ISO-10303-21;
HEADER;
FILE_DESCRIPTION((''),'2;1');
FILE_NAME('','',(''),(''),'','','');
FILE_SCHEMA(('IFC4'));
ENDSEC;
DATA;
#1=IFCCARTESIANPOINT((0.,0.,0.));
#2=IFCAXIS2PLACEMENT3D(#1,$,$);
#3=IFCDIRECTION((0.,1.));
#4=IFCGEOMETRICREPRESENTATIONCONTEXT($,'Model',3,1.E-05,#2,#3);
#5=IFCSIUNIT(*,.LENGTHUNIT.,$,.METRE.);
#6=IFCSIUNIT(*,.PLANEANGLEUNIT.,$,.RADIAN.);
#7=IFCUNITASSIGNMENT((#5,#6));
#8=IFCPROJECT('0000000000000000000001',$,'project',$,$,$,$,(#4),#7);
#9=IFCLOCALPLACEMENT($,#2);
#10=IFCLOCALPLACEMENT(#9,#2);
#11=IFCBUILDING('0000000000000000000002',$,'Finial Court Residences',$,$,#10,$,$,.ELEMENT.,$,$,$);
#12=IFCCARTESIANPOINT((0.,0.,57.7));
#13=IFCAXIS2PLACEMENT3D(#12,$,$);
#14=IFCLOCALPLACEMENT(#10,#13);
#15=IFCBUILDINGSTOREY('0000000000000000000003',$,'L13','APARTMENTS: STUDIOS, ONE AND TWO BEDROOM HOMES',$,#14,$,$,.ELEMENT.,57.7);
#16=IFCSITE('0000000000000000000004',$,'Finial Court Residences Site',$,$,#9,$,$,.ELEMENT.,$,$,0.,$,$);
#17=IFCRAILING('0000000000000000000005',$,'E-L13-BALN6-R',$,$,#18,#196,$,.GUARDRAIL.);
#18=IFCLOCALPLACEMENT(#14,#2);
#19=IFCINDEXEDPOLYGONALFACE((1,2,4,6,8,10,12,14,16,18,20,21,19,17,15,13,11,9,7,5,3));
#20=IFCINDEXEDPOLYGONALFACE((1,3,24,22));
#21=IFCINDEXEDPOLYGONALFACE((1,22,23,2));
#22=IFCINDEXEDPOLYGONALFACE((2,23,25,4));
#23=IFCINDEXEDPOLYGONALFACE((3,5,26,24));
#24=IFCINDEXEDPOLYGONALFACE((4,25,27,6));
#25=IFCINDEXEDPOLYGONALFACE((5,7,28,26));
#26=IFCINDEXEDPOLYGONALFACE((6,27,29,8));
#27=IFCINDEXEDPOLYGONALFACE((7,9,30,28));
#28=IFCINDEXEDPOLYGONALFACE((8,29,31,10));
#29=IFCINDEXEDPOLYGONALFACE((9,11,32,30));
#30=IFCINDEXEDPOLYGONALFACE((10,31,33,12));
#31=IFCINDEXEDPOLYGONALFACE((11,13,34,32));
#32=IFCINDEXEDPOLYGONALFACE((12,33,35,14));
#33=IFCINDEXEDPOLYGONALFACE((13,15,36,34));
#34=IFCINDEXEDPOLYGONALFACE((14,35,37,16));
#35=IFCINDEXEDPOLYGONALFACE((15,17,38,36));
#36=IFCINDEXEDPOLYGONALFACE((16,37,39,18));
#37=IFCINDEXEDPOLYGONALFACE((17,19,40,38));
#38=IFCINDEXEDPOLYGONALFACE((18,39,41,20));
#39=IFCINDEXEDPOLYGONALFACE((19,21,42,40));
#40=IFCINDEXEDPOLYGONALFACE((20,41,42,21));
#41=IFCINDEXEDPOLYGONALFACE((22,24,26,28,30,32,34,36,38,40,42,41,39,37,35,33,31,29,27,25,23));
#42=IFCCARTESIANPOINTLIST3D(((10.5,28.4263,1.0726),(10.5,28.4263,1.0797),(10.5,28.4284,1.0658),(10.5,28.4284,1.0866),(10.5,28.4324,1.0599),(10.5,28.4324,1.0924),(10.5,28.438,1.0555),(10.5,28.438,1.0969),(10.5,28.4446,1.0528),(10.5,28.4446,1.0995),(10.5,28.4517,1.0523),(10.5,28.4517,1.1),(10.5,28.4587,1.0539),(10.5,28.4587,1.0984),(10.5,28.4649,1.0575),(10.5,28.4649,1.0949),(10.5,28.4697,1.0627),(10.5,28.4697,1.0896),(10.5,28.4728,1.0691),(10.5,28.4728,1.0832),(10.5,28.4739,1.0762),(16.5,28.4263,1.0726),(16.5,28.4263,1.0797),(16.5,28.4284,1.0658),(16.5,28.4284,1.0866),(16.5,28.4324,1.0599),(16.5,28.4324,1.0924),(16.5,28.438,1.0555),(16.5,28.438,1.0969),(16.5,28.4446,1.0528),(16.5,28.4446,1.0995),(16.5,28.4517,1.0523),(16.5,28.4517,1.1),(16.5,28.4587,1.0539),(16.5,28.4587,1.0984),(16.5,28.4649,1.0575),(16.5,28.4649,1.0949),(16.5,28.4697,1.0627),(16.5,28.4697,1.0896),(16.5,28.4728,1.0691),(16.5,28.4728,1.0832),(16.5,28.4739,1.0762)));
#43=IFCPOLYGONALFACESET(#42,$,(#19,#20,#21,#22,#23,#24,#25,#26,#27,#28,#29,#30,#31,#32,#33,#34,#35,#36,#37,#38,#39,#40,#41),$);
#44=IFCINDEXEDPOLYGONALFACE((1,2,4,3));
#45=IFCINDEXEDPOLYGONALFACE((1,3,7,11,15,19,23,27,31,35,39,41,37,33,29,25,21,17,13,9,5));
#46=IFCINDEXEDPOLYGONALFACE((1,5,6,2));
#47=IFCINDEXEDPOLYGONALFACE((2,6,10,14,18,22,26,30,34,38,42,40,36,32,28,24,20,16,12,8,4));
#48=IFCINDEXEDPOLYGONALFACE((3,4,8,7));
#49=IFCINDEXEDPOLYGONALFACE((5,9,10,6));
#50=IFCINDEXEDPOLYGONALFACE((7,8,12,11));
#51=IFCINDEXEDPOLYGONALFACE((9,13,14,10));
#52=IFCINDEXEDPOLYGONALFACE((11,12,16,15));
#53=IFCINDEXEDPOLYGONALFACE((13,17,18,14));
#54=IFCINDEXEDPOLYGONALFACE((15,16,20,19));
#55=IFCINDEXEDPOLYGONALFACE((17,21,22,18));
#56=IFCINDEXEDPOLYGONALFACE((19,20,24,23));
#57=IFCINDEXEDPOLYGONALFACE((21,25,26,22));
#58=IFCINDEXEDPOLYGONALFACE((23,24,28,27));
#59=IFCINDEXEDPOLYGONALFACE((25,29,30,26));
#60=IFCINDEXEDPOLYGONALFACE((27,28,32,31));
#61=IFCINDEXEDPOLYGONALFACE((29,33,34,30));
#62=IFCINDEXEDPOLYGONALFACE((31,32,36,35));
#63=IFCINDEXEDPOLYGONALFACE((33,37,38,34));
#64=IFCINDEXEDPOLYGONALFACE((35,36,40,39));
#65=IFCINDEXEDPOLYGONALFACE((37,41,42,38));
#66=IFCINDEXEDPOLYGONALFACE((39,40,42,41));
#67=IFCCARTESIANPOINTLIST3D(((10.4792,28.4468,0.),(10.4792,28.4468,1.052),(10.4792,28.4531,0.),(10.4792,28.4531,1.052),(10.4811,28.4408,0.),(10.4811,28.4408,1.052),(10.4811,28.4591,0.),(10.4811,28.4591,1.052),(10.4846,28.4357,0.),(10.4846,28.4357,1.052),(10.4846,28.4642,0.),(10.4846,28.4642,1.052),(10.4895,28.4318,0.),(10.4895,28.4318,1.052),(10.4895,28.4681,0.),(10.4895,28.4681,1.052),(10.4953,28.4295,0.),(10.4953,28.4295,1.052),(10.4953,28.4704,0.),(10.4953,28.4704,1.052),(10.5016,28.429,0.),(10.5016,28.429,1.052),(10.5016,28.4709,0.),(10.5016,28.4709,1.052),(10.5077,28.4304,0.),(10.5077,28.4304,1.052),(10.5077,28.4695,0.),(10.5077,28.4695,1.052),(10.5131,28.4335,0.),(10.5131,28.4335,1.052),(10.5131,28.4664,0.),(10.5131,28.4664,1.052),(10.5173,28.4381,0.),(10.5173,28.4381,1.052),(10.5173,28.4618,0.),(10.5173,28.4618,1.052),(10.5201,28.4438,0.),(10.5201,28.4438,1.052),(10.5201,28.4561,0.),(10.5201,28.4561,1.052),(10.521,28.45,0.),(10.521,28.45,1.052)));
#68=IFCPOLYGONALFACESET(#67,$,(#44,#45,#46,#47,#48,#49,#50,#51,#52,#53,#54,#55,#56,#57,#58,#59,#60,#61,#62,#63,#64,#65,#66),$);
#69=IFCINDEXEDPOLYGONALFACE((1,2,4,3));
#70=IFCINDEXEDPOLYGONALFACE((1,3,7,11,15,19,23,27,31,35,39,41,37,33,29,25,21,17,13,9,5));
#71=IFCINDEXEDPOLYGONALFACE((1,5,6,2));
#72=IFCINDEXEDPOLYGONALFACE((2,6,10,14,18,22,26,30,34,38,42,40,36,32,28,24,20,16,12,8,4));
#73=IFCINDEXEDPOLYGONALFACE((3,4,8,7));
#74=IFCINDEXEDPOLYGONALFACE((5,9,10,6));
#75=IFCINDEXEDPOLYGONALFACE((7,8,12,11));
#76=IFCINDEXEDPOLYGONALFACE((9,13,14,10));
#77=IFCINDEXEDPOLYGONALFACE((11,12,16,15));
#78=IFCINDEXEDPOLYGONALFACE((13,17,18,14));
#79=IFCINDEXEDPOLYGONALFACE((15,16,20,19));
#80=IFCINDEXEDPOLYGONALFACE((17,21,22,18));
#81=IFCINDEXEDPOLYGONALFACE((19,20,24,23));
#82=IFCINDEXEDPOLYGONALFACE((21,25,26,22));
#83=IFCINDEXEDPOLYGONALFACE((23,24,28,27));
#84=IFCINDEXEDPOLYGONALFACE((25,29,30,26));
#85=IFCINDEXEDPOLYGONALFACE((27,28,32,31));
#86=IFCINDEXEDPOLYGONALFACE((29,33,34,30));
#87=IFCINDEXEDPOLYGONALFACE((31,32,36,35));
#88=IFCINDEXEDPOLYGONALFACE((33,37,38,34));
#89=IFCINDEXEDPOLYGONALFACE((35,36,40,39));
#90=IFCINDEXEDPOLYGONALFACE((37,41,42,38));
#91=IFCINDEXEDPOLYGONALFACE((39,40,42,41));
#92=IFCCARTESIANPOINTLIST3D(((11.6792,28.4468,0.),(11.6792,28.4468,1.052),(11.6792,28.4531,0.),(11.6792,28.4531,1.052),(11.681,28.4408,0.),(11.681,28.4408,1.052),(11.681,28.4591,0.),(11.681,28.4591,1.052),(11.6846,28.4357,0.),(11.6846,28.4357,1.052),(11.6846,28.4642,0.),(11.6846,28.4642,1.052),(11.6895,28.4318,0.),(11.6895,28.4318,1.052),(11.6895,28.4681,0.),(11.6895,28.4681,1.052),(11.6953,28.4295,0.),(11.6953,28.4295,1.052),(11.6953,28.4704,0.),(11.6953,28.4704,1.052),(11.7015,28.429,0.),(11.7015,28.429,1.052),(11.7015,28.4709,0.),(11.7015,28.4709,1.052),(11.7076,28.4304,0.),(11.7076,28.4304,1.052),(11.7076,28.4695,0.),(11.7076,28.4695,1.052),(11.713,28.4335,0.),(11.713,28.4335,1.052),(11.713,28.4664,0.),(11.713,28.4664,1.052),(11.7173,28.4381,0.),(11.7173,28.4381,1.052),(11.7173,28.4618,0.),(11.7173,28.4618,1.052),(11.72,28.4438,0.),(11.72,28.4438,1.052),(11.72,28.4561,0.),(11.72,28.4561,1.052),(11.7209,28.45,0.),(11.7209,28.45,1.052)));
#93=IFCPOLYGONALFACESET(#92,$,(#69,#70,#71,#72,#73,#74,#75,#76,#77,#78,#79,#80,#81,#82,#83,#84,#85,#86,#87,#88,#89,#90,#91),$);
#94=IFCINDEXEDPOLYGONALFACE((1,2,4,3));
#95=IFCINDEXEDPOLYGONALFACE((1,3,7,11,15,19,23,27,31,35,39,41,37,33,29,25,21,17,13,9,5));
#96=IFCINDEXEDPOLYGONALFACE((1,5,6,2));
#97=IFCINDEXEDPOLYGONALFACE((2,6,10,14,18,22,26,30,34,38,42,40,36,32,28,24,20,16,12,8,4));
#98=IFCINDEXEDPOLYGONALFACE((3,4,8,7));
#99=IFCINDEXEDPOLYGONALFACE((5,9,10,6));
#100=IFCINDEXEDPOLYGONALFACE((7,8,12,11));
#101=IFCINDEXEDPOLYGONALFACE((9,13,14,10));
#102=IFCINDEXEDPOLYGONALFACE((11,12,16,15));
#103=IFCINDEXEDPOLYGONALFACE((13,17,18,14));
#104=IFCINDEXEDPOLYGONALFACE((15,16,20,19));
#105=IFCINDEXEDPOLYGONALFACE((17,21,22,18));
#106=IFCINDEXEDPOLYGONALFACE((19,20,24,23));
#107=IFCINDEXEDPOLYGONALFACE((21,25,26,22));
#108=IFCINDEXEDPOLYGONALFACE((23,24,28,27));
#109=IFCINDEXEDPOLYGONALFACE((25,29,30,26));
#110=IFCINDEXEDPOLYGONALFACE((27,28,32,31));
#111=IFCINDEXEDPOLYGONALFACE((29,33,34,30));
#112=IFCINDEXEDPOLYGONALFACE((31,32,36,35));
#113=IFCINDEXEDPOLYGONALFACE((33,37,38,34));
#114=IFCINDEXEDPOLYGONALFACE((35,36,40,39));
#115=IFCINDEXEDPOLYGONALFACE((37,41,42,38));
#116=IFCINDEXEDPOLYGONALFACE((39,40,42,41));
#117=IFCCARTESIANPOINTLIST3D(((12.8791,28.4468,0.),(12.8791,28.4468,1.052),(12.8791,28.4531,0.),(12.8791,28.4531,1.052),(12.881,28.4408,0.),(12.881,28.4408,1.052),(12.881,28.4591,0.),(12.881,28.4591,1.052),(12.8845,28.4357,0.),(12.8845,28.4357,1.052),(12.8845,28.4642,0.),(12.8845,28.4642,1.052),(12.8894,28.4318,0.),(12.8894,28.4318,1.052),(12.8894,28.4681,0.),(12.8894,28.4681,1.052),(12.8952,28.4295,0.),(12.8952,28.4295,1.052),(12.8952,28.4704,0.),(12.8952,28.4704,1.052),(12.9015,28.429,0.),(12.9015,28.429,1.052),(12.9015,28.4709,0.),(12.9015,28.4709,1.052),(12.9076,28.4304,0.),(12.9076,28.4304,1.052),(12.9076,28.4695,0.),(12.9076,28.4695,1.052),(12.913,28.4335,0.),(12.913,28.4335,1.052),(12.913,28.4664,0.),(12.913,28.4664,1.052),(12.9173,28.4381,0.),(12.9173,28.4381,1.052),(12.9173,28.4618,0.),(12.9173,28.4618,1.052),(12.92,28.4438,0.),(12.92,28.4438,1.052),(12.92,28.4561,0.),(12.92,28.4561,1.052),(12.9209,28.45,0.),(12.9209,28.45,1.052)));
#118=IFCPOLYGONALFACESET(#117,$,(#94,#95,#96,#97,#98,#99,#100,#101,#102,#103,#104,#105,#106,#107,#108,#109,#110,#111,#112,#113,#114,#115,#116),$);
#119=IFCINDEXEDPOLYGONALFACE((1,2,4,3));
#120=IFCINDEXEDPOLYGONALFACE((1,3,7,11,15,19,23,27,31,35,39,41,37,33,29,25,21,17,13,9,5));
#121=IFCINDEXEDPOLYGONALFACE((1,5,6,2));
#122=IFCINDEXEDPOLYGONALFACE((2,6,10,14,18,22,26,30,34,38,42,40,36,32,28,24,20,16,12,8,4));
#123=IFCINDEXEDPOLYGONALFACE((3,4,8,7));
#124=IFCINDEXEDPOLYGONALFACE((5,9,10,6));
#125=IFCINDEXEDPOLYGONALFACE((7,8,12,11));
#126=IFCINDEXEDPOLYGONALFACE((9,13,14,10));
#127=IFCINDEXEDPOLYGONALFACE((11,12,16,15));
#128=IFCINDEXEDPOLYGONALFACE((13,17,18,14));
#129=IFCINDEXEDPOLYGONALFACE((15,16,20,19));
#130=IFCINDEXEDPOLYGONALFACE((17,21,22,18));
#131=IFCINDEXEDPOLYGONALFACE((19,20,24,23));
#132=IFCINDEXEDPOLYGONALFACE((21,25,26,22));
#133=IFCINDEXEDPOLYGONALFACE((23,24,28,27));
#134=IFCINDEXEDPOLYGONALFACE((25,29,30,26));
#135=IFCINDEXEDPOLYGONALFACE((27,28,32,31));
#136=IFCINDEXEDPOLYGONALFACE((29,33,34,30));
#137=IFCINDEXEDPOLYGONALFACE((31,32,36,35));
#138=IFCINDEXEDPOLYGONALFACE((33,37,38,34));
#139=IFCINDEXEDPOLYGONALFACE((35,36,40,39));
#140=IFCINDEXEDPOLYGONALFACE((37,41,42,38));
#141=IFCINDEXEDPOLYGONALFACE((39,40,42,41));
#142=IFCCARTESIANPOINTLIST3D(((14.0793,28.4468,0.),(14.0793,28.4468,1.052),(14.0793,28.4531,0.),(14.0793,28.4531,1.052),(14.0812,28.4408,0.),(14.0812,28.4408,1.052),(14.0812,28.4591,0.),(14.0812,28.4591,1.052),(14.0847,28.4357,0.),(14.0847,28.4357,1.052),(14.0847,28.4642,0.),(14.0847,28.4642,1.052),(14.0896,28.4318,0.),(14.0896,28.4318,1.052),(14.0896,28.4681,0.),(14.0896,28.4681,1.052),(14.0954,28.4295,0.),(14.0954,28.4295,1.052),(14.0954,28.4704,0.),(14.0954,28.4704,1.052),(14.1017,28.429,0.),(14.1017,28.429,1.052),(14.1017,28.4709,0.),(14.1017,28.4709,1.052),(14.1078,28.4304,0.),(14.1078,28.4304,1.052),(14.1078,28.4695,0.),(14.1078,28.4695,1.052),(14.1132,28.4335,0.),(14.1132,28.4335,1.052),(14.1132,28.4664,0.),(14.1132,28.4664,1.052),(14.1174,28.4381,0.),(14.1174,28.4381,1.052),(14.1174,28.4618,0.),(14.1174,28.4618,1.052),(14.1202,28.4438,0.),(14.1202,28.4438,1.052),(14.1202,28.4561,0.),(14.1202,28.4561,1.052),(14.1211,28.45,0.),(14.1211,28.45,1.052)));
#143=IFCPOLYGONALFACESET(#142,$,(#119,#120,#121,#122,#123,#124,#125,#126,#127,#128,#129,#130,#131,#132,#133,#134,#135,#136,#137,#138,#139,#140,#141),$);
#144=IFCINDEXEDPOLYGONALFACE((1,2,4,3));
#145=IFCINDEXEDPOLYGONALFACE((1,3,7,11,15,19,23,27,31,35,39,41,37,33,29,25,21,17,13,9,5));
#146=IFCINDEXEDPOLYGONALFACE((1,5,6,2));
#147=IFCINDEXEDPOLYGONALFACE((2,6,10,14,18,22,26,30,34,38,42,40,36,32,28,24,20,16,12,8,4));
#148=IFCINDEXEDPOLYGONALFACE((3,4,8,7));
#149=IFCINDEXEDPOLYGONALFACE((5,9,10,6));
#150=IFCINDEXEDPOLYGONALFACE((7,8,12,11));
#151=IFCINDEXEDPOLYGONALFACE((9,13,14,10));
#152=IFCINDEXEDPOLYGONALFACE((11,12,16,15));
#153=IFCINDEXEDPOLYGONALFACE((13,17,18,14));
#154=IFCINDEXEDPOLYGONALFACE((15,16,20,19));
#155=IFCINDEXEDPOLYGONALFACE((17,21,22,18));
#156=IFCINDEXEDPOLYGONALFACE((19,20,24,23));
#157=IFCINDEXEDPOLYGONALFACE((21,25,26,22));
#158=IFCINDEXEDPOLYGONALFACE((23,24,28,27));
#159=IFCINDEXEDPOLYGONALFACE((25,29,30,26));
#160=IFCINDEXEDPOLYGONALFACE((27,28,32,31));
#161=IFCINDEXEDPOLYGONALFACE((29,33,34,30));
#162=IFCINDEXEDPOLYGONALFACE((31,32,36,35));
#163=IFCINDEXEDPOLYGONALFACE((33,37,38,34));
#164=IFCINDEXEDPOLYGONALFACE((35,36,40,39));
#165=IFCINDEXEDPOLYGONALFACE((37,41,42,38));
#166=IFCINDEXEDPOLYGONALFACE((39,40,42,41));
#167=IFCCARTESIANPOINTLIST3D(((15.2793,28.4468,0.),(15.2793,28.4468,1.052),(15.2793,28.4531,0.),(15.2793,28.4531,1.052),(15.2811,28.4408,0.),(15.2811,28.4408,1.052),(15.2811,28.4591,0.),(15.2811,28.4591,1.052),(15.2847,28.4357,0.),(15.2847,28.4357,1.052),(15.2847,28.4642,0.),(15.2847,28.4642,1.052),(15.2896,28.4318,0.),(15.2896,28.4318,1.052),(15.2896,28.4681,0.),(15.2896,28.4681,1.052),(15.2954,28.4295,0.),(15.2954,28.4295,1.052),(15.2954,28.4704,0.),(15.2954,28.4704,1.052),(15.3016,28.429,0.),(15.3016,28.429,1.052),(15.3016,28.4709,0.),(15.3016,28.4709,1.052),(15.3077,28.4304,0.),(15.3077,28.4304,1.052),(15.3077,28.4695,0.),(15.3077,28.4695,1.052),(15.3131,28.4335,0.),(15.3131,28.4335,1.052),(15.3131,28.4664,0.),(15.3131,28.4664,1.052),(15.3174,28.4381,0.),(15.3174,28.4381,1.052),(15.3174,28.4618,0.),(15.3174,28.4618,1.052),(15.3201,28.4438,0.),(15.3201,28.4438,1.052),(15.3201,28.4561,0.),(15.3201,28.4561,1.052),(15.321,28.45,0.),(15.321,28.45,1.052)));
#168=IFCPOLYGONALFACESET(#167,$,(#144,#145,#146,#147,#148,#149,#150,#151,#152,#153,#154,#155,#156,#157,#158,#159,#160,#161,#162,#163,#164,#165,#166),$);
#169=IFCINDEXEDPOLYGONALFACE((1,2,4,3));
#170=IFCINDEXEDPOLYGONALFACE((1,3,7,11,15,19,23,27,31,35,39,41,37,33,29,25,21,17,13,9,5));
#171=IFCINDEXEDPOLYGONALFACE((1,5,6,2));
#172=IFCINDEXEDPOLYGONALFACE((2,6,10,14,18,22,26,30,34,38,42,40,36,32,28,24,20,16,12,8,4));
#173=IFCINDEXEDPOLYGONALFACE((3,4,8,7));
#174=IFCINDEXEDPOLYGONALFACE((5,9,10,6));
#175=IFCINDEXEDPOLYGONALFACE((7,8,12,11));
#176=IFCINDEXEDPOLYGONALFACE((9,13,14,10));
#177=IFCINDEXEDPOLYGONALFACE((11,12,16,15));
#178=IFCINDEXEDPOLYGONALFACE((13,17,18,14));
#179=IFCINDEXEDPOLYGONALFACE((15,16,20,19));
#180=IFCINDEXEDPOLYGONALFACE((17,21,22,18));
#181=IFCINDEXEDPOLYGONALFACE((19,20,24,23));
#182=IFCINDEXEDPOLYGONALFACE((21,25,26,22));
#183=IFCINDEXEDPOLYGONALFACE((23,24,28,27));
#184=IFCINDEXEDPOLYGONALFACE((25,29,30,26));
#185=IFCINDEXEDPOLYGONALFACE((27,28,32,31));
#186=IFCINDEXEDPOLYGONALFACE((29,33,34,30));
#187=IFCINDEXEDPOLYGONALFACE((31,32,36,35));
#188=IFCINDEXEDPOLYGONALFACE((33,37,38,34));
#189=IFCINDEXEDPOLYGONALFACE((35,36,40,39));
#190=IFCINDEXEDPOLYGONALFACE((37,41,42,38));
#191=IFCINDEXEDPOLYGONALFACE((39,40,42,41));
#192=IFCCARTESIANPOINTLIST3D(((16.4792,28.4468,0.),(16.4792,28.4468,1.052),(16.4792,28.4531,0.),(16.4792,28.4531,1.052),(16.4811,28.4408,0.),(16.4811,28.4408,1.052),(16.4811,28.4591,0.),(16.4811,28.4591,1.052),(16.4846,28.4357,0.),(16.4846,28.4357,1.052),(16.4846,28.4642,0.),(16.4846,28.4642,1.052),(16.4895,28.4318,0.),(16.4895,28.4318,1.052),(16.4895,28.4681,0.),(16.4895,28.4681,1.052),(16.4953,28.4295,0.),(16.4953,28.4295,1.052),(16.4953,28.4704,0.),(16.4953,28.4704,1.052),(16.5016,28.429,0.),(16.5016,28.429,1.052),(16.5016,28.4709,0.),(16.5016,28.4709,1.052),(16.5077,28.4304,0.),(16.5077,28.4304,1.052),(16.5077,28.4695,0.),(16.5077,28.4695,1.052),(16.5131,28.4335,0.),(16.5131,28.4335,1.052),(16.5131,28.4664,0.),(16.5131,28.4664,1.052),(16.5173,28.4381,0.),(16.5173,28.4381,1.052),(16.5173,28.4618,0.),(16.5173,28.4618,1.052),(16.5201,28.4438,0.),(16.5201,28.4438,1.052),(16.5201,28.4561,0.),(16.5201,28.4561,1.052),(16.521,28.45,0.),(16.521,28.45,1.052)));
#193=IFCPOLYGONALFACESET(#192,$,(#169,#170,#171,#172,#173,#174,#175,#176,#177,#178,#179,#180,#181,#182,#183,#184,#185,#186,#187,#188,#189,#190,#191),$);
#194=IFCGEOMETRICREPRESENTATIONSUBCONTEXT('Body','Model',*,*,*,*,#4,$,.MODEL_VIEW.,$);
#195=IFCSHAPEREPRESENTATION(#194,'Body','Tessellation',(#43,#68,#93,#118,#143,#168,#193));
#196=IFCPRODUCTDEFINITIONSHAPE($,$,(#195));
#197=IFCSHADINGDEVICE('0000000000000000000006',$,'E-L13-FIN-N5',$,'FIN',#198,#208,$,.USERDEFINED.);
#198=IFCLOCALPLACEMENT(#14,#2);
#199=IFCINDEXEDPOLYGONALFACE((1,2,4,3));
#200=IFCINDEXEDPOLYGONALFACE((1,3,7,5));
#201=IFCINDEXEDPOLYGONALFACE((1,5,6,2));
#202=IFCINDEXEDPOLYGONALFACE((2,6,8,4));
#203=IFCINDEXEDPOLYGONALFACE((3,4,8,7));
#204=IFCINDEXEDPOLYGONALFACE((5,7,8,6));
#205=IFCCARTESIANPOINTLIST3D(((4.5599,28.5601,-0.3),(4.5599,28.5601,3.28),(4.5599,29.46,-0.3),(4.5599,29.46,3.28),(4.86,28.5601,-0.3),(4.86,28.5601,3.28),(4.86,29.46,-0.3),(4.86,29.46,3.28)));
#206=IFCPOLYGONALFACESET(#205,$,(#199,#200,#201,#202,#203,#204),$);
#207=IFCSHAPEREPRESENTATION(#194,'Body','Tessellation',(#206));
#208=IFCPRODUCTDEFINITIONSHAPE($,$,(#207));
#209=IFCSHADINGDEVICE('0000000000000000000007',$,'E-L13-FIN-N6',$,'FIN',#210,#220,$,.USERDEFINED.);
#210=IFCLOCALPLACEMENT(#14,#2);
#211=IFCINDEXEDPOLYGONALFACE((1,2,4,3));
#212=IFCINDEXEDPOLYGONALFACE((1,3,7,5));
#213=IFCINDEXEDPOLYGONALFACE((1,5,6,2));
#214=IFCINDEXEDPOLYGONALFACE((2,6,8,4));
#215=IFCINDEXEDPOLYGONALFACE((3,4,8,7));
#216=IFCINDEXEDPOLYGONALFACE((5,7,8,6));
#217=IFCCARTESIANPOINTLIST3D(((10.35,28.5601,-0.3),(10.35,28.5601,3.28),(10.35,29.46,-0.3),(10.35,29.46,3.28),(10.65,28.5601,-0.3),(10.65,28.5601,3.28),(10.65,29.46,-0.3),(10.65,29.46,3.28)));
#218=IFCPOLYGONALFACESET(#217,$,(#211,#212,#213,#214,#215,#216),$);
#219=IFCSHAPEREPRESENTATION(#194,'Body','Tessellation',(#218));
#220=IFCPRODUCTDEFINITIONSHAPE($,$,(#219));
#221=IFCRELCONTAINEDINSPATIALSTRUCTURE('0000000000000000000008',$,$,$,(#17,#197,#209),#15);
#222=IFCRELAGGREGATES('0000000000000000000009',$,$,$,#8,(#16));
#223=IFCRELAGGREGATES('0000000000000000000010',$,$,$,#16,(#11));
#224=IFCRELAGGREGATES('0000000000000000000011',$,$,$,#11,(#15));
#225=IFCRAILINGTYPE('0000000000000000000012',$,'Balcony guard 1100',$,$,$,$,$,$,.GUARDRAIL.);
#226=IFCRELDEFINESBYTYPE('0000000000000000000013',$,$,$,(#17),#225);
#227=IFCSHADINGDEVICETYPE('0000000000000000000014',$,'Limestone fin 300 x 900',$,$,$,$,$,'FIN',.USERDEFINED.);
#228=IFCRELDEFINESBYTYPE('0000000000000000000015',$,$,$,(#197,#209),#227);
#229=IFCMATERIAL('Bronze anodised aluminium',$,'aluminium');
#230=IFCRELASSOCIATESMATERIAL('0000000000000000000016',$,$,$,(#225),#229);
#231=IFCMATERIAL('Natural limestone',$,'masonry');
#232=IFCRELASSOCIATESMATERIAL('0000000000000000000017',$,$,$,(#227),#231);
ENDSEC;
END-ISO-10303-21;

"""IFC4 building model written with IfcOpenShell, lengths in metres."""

from ifc_helpers import new_model, si_unit, direction, frame, origin, origin_2d, place, context, subcontext, project, spatial, rectangle, circle, extrude, material, type_object, element, save


model = new_model("IFC4")

# Units and contexts
model_context = context("Model", 3, precision=1e-05, world=origin(), true_north=direction((0.0, 1.0)))
body_context = subcontext(model_context, "Body", "Model", "MODEL_VIEW")
ifc_project = project(units=[si_unit("LENGTHUNIT", "METRE"), si_unit("PLANEANGLEUNIT", "RADIAN")], contexts=[model_context])

# Site, building, storey
site_placement = place(None, origin())
site = spatial("IfcSite", under=ifc_project, at=site_placement, Name="Finial Court Residences Site", CompositionType="ELEMENT", RefElevation=0.0)
building_placement = place(site_placement, origin())
building = spatial("IfcBuilding", under=site, at=building_placement, Name="Finial Court Residences", CompositionType="ELEMENT")
storey_placement = place(building_placement, frame((0.0, 0.0, 57.7)))
storey = spatial("IfcBuildingStorey", under=building, at=storey_placement, Name="L13", Description="APARTMENTS: STUDIOS, ONE AND TWO BEDROOM HOMES", CompositionType="ELEMENT", Elevation=57.7)

# Shared definitions
ifc_material_1 = material(Name="Bronze anodised aluminium", Category="aluminium")

# Shared definitions
ifc_material_2 = material(Name="Natural limestone", Category="masonry")

# Railing
railing_type = type_object("IfcRailingType", Name="Balcony guard 1100", PredefinedType="GUARDRAIL", material=ifc_material_1)
railing_placement = place(storey_placement, frame((10.5, 28.45, 0.0)))
element("IfcRailing", 1, at=railing_placement, inside=storey, type_object=railing_type, Name="E-L13-BALN6-R", PredefinedType="GUARDRAIL", context=body_context, shape_type="SweptSolid", body=[
    extrude(circle(Radius=0.0239, at=origin_2d()), frame((0.0, 0.0, 1.0762), z_axis=(1.0, 0.0, 0.0), x_axis=(0.0, 1.0, 0.0)), (0.0, 0.0, 1.0), 6.0),
    extrude(circle(Radius=0.021, at=origin_2d()), origin(), (0.0, 0.0, 1.0), 1.052),
    extrude(circle(Radius=0.021, at=origin_2d()), frame((1.2, 0.0, 0.0)), (0.0, 0.0, 1.0), 1.052),
    extrude(circle(Radius=0.021, at=origin_2d()), frame((2.3999, 0.0, 0.0)), (0.0, 0.0, 1.0), 1.052),
    extrude(circle(Radius=0.021, at=origin_2d()), frame((3.6001, 0.0, 0.0)), (0.0, 0.0, 1.0), 1.052),
    extrude(circle(Radius=0.021, at=origin_2d()), frame((4.8, 0.0, 0.0)), (0.0, 0.0, 1.0), 1.052),
    extrude(circle(Radius=0.021, at=origin_2d()), frame((6.0, 0.0, 0.0)), (0.0, 0.0, 1.0), 1.052),
])

# Shading devices
shading_device_type = type_object("IfcShadingDeviceType", Name="Limestone fin 300 x 900", ElementType="FIN", PredefinedType="USERDEFINED", material=ifc_material_2)
for number, where, z_axis, x_axis, name in (
    (2, (4.71, 29.01, -0.3), (0.0, 0.0, 1.0), (1.0, 0.0, 0.0), "E-L13-FIN-N5"),
    (3, (10.5, 29.01, -0.3), (0.0, 0.0, 1.0), (1.0, 0.0, 0.0), "E-L13-FIN-N6"),
):
    element("IfcShadingDevice", number, at=place(storey_placement, frame(where, z_axis=z_axis, x_axis=x_axis)), inside=storey, type_object=shading_device_type, Name=name, ObjectType="FIN", PredefinedType="USERDEFINED", context=body_context, shape_type="SweptSolid", body=[
        extrude(rectangle(XDim=0.3, YDim=0.8999, at=origin_2d()), origin(), (0.0, 0.0, 1.0), 3.5801),
    ])

save(model, "model.ifc")
